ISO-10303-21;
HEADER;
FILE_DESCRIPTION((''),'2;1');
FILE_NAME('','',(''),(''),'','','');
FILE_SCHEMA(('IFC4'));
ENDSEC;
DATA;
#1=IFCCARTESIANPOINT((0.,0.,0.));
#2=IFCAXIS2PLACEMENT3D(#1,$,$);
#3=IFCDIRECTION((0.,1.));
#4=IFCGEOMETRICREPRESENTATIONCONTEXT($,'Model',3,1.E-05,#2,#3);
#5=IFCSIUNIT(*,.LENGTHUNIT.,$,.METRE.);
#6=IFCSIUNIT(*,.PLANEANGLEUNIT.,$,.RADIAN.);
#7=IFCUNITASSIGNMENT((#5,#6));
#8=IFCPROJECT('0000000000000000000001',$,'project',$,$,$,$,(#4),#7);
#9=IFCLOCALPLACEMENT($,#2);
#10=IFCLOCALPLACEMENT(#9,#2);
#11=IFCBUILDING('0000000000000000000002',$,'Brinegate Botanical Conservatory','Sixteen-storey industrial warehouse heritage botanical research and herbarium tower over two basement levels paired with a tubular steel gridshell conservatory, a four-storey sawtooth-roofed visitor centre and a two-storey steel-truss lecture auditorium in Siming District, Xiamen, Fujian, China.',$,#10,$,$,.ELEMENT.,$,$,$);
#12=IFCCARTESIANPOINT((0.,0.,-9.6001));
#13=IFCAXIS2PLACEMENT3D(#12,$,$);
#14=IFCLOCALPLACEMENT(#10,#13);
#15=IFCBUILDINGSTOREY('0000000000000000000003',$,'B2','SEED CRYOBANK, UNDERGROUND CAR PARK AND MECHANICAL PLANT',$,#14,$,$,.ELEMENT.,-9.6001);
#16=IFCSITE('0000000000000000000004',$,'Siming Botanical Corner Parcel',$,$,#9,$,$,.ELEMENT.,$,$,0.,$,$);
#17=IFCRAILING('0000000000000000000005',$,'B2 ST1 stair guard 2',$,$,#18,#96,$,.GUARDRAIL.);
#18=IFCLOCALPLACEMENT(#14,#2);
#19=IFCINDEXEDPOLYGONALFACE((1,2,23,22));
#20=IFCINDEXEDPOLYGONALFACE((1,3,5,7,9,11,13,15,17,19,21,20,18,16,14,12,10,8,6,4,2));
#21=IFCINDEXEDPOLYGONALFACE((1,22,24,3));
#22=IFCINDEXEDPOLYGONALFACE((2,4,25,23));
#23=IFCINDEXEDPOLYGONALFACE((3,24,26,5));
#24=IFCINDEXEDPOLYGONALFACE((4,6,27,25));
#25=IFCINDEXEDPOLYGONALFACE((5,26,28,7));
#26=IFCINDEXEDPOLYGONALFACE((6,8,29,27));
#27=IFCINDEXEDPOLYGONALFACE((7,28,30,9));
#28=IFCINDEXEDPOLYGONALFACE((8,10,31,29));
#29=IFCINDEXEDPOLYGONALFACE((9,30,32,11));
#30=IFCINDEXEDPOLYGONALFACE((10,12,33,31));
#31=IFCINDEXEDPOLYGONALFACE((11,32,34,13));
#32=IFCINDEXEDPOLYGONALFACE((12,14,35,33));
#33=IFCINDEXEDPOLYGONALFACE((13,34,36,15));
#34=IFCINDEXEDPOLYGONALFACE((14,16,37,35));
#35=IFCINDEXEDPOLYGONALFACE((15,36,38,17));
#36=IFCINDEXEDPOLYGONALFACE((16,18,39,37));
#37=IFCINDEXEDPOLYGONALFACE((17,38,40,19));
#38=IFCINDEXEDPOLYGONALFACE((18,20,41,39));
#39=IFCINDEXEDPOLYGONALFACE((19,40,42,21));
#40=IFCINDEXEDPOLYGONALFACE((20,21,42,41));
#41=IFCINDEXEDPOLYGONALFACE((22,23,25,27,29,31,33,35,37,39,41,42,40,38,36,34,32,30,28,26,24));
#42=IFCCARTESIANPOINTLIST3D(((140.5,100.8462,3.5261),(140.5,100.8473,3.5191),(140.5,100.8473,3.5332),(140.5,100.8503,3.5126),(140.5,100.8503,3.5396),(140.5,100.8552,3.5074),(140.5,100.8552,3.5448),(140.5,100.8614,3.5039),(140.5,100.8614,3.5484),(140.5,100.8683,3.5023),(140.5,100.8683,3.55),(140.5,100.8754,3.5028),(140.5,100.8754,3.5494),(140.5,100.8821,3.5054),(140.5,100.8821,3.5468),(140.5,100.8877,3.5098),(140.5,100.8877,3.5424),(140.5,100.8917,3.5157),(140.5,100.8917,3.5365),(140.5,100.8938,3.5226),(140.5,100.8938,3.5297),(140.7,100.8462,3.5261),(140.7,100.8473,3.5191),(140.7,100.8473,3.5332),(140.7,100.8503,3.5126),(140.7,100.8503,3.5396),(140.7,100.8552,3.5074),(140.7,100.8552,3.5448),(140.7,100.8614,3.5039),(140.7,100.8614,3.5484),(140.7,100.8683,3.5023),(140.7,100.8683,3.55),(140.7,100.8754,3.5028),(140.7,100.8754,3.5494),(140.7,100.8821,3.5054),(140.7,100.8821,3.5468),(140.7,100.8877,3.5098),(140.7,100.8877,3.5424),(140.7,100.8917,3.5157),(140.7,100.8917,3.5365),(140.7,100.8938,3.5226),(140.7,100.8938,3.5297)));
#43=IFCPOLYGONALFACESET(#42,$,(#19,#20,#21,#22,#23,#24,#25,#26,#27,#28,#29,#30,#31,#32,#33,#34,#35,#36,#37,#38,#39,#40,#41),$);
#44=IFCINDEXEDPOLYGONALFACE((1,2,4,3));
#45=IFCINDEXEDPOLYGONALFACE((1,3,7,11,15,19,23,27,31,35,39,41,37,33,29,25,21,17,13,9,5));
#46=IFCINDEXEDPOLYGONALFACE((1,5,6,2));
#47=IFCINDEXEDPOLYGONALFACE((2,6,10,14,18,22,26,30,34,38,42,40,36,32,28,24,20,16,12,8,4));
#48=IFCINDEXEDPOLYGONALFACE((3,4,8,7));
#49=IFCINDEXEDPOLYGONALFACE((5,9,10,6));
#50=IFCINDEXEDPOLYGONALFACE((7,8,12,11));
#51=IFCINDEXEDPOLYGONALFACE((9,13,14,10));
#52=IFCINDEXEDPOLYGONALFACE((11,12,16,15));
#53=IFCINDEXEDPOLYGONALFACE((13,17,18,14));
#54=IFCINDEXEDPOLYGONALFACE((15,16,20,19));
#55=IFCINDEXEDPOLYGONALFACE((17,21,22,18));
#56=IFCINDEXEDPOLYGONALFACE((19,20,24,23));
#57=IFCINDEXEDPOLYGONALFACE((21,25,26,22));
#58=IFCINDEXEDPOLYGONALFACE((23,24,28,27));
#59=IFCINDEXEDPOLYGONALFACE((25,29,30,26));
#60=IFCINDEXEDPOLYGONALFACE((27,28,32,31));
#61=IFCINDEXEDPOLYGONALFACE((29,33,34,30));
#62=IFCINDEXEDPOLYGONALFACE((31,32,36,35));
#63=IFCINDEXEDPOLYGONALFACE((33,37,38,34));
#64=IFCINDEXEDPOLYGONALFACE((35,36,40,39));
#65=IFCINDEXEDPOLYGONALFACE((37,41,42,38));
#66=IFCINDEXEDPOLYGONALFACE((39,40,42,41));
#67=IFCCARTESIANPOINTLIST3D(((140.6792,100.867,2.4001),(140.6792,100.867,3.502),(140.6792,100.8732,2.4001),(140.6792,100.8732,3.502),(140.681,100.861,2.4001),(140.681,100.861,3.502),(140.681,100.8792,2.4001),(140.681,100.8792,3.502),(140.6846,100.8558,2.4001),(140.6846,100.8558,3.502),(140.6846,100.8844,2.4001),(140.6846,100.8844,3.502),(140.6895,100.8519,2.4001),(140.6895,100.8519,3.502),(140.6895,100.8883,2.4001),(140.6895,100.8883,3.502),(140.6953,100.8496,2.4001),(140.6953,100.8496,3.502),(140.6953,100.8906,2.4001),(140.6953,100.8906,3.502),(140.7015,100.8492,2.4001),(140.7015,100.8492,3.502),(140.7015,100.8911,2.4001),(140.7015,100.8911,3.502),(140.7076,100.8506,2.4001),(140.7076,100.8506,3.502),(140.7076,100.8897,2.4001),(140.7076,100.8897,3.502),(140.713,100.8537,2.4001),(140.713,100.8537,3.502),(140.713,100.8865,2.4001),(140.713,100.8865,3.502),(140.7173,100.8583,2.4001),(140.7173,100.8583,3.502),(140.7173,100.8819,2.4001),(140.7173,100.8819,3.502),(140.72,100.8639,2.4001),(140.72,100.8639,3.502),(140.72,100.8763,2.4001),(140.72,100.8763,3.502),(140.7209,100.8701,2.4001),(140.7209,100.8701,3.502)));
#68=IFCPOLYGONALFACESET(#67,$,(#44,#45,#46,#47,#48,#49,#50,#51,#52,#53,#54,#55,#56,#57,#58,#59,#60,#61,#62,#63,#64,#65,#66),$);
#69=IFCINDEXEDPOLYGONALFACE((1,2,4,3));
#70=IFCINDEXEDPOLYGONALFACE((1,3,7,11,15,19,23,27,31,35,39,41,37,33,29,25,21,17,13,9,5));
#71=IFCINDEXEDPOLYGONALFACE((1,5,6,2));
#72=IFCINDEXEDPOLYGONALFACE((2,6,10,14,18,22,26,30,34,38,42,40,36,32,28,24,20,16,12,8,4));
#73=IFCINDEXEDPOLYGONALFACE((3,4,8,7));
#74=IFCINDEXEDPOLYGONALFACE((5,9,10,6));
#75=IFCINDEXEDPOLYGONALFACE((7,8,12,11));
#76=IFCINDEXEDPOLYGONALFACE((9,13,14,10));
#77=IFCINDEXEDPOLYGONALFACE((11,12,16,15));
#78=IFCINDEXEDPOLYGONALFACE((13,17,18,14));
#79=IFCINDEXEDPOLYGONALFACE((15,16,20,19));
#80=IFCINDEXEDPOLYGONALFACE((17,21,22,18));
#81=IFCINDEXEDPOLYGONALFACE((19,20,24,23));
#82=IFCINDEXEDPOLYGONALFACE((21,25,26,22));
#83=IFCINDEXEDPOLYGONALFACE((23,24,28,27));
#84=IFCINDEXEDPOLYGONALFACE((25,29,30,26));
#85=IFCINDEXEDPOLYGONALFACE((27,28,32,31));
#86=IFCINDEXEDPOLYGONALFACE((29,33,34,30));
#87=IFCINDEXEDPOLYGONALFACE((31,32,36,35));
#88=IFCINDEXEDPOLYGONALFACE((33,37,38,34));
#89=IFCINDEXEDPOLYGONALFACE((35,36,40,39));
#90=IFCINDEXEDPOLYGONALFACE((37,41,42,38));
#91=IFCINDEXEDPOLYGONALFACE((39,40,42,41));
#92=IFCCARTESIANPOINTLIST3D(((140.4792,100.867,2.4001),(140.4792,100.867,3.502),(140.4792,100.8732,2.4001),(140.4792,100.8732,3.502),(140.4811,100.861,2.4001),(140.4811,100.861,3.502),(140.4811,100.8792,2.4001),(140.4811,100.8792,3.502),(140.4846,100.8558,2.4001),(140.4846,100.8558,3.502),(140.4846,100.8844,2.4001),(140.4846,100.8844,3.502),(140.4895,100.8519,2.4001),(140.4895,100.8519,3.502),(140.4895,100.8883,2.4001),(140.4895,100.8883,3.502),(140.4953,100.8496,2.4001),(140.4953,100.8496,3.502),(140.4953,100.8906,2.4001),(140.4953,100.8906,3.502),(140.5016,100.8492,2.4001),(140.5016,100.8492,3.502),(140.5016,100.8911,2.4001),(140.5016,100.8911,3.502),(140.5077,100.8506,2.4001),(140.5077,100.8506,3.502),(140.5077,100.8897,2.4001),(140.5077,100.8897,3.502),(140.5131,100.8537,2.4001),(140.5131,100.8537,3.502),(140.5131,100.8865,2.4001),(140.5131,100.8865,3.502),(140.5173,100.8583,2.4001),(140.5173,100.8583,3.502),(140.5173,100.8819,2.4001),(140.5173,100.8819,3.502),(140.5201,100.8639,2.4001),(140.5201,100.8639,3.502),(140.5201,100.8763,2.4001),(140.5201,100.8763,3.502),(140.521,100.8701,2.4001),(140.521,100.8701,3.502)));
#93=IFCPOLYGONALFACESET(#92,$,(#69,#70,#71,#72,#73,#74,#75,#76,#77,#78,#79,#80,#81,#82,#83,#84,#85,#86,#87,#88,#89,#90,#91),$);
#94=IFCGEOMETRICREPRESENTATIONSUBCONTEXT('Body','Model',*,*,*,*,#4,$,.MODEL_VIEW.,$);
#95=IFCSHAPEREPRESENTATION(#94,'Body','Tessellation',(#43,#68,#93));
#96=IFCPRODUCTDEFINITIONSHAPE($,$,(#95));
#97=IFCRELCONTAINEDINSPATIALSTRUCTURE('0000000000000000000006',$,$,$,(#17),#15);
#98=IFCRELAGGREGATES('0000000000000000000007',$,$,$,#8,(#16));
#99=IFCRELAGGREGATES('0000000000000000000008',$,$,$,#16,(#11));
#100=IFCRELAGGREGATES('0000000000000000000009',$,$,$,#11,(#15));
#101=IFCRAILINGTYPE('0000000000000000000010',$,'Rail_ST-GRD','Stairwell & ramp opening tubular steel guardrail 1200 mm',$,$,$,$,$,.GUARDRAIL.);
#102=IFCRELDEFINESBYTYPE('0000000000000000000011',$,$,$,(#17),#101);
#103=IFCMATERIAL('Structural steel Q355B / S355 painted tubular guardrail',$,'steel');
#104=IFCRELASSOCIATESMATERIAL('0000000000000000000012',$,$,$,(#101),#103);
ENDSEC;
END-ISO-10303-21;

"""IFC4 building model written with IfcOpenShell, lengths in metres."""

from ifc_helpers import new_model, si_unit, direction, frame, origin, origin_2d, place, context, subcontext, project, spatial, circle, extrude, material, type_object, element, save


model = new_model("IFC4")

# Units and contexts
model_context = context("Model", 3, precision=1e-05, world=origin(), true_north=direction((0.0, 1.0)))
body_context = subcontext(model_context, "Body", "Model", "MODEL_VIEW")
ifc_project = project(units=[si_unit("LENGTHUNIT", "METRE"), si_unit("PLANEANGLEUNIT", "RADIAN")], contexts=[model_context])

# Site, building, storey
site_placement = place(None, origin())
site = spatial("IfcSite", under=ifc_project, at=site_placement, Name="Siming Botanical Corner Parcel", CompositionType="ELEMENT", RefElevation=0.0)
building_placement = place(site_placement, origin())
building = spatial("IfcBuilding", under=site, at=building_placement, Name="Brinegate Botanical Conservatory", Description="Sixteen-storey industrial warehouse heritage botanical research and herbarium tower over two basement levels paired with a tubular steel gridshell conservatory, a four-storey sawtooth-roofed visitor centre and a two-storey steel-truss lecture auditorium in Siming District, Xiamen, Fujian, China.", CompositionType="ELEMENT")
storey_placement = place(building_placement, frame((0.0, 0.0, -9.6001)))
storey = spatial("IfcBuildingStorey", under=building, at=storey_placement, Name="B2", Description="SEED CRYOBANK, UNDERGROUND CAR PARK AND MECHANICAL PLANT", CompositionType="ELEMENT", Elevation=-9.6001)

# Railing
ifc_material_1 = material(Name="Structural steel Q355B / S355 painted tubular guardrail", Category="steel")
railing_type_1 = type_object("IfcRailingType", Name="Rail_ST-GRD", Description="Stairwell & ramp opening tubular steel guardrail 1200 mm", PredefinedType="GUARDRAIL", material=ifc_material_1)
railing_1_placement = place(storey_placement, frame((140.7, 100.8701, 2.4001)))
element("IfcRailing", 1, at=railing_1_placement, inside=storey, type_object=railing_type_1, Name="B2 ST1 stair guard 2", PredefinedType="GUARDRAIL", context=body_context, shape_type="SweptSolid", body=[
    extrude(circle(Radius=0.0239, at=origin_2d()), frame((0.0, 0.0, 1.126), z_axis=(-1.0, 0.0, 0.0), x_axis=(0.0, -1.0, 0.0)), (0.0, 0.0, 1.0), 0.2),
    extrude(circle(Radius=0.021, at=origin_2d()), origin(), (0.0, 0.0, 1.0), 1.1018),
    extrude(circle(Radius=0.021, at=origin_2d()), frame((-0.2, 0.0, 0.0)), (0.0, 0.0, 1.0), 1.1018),
])

save(model, "model.ifc")
